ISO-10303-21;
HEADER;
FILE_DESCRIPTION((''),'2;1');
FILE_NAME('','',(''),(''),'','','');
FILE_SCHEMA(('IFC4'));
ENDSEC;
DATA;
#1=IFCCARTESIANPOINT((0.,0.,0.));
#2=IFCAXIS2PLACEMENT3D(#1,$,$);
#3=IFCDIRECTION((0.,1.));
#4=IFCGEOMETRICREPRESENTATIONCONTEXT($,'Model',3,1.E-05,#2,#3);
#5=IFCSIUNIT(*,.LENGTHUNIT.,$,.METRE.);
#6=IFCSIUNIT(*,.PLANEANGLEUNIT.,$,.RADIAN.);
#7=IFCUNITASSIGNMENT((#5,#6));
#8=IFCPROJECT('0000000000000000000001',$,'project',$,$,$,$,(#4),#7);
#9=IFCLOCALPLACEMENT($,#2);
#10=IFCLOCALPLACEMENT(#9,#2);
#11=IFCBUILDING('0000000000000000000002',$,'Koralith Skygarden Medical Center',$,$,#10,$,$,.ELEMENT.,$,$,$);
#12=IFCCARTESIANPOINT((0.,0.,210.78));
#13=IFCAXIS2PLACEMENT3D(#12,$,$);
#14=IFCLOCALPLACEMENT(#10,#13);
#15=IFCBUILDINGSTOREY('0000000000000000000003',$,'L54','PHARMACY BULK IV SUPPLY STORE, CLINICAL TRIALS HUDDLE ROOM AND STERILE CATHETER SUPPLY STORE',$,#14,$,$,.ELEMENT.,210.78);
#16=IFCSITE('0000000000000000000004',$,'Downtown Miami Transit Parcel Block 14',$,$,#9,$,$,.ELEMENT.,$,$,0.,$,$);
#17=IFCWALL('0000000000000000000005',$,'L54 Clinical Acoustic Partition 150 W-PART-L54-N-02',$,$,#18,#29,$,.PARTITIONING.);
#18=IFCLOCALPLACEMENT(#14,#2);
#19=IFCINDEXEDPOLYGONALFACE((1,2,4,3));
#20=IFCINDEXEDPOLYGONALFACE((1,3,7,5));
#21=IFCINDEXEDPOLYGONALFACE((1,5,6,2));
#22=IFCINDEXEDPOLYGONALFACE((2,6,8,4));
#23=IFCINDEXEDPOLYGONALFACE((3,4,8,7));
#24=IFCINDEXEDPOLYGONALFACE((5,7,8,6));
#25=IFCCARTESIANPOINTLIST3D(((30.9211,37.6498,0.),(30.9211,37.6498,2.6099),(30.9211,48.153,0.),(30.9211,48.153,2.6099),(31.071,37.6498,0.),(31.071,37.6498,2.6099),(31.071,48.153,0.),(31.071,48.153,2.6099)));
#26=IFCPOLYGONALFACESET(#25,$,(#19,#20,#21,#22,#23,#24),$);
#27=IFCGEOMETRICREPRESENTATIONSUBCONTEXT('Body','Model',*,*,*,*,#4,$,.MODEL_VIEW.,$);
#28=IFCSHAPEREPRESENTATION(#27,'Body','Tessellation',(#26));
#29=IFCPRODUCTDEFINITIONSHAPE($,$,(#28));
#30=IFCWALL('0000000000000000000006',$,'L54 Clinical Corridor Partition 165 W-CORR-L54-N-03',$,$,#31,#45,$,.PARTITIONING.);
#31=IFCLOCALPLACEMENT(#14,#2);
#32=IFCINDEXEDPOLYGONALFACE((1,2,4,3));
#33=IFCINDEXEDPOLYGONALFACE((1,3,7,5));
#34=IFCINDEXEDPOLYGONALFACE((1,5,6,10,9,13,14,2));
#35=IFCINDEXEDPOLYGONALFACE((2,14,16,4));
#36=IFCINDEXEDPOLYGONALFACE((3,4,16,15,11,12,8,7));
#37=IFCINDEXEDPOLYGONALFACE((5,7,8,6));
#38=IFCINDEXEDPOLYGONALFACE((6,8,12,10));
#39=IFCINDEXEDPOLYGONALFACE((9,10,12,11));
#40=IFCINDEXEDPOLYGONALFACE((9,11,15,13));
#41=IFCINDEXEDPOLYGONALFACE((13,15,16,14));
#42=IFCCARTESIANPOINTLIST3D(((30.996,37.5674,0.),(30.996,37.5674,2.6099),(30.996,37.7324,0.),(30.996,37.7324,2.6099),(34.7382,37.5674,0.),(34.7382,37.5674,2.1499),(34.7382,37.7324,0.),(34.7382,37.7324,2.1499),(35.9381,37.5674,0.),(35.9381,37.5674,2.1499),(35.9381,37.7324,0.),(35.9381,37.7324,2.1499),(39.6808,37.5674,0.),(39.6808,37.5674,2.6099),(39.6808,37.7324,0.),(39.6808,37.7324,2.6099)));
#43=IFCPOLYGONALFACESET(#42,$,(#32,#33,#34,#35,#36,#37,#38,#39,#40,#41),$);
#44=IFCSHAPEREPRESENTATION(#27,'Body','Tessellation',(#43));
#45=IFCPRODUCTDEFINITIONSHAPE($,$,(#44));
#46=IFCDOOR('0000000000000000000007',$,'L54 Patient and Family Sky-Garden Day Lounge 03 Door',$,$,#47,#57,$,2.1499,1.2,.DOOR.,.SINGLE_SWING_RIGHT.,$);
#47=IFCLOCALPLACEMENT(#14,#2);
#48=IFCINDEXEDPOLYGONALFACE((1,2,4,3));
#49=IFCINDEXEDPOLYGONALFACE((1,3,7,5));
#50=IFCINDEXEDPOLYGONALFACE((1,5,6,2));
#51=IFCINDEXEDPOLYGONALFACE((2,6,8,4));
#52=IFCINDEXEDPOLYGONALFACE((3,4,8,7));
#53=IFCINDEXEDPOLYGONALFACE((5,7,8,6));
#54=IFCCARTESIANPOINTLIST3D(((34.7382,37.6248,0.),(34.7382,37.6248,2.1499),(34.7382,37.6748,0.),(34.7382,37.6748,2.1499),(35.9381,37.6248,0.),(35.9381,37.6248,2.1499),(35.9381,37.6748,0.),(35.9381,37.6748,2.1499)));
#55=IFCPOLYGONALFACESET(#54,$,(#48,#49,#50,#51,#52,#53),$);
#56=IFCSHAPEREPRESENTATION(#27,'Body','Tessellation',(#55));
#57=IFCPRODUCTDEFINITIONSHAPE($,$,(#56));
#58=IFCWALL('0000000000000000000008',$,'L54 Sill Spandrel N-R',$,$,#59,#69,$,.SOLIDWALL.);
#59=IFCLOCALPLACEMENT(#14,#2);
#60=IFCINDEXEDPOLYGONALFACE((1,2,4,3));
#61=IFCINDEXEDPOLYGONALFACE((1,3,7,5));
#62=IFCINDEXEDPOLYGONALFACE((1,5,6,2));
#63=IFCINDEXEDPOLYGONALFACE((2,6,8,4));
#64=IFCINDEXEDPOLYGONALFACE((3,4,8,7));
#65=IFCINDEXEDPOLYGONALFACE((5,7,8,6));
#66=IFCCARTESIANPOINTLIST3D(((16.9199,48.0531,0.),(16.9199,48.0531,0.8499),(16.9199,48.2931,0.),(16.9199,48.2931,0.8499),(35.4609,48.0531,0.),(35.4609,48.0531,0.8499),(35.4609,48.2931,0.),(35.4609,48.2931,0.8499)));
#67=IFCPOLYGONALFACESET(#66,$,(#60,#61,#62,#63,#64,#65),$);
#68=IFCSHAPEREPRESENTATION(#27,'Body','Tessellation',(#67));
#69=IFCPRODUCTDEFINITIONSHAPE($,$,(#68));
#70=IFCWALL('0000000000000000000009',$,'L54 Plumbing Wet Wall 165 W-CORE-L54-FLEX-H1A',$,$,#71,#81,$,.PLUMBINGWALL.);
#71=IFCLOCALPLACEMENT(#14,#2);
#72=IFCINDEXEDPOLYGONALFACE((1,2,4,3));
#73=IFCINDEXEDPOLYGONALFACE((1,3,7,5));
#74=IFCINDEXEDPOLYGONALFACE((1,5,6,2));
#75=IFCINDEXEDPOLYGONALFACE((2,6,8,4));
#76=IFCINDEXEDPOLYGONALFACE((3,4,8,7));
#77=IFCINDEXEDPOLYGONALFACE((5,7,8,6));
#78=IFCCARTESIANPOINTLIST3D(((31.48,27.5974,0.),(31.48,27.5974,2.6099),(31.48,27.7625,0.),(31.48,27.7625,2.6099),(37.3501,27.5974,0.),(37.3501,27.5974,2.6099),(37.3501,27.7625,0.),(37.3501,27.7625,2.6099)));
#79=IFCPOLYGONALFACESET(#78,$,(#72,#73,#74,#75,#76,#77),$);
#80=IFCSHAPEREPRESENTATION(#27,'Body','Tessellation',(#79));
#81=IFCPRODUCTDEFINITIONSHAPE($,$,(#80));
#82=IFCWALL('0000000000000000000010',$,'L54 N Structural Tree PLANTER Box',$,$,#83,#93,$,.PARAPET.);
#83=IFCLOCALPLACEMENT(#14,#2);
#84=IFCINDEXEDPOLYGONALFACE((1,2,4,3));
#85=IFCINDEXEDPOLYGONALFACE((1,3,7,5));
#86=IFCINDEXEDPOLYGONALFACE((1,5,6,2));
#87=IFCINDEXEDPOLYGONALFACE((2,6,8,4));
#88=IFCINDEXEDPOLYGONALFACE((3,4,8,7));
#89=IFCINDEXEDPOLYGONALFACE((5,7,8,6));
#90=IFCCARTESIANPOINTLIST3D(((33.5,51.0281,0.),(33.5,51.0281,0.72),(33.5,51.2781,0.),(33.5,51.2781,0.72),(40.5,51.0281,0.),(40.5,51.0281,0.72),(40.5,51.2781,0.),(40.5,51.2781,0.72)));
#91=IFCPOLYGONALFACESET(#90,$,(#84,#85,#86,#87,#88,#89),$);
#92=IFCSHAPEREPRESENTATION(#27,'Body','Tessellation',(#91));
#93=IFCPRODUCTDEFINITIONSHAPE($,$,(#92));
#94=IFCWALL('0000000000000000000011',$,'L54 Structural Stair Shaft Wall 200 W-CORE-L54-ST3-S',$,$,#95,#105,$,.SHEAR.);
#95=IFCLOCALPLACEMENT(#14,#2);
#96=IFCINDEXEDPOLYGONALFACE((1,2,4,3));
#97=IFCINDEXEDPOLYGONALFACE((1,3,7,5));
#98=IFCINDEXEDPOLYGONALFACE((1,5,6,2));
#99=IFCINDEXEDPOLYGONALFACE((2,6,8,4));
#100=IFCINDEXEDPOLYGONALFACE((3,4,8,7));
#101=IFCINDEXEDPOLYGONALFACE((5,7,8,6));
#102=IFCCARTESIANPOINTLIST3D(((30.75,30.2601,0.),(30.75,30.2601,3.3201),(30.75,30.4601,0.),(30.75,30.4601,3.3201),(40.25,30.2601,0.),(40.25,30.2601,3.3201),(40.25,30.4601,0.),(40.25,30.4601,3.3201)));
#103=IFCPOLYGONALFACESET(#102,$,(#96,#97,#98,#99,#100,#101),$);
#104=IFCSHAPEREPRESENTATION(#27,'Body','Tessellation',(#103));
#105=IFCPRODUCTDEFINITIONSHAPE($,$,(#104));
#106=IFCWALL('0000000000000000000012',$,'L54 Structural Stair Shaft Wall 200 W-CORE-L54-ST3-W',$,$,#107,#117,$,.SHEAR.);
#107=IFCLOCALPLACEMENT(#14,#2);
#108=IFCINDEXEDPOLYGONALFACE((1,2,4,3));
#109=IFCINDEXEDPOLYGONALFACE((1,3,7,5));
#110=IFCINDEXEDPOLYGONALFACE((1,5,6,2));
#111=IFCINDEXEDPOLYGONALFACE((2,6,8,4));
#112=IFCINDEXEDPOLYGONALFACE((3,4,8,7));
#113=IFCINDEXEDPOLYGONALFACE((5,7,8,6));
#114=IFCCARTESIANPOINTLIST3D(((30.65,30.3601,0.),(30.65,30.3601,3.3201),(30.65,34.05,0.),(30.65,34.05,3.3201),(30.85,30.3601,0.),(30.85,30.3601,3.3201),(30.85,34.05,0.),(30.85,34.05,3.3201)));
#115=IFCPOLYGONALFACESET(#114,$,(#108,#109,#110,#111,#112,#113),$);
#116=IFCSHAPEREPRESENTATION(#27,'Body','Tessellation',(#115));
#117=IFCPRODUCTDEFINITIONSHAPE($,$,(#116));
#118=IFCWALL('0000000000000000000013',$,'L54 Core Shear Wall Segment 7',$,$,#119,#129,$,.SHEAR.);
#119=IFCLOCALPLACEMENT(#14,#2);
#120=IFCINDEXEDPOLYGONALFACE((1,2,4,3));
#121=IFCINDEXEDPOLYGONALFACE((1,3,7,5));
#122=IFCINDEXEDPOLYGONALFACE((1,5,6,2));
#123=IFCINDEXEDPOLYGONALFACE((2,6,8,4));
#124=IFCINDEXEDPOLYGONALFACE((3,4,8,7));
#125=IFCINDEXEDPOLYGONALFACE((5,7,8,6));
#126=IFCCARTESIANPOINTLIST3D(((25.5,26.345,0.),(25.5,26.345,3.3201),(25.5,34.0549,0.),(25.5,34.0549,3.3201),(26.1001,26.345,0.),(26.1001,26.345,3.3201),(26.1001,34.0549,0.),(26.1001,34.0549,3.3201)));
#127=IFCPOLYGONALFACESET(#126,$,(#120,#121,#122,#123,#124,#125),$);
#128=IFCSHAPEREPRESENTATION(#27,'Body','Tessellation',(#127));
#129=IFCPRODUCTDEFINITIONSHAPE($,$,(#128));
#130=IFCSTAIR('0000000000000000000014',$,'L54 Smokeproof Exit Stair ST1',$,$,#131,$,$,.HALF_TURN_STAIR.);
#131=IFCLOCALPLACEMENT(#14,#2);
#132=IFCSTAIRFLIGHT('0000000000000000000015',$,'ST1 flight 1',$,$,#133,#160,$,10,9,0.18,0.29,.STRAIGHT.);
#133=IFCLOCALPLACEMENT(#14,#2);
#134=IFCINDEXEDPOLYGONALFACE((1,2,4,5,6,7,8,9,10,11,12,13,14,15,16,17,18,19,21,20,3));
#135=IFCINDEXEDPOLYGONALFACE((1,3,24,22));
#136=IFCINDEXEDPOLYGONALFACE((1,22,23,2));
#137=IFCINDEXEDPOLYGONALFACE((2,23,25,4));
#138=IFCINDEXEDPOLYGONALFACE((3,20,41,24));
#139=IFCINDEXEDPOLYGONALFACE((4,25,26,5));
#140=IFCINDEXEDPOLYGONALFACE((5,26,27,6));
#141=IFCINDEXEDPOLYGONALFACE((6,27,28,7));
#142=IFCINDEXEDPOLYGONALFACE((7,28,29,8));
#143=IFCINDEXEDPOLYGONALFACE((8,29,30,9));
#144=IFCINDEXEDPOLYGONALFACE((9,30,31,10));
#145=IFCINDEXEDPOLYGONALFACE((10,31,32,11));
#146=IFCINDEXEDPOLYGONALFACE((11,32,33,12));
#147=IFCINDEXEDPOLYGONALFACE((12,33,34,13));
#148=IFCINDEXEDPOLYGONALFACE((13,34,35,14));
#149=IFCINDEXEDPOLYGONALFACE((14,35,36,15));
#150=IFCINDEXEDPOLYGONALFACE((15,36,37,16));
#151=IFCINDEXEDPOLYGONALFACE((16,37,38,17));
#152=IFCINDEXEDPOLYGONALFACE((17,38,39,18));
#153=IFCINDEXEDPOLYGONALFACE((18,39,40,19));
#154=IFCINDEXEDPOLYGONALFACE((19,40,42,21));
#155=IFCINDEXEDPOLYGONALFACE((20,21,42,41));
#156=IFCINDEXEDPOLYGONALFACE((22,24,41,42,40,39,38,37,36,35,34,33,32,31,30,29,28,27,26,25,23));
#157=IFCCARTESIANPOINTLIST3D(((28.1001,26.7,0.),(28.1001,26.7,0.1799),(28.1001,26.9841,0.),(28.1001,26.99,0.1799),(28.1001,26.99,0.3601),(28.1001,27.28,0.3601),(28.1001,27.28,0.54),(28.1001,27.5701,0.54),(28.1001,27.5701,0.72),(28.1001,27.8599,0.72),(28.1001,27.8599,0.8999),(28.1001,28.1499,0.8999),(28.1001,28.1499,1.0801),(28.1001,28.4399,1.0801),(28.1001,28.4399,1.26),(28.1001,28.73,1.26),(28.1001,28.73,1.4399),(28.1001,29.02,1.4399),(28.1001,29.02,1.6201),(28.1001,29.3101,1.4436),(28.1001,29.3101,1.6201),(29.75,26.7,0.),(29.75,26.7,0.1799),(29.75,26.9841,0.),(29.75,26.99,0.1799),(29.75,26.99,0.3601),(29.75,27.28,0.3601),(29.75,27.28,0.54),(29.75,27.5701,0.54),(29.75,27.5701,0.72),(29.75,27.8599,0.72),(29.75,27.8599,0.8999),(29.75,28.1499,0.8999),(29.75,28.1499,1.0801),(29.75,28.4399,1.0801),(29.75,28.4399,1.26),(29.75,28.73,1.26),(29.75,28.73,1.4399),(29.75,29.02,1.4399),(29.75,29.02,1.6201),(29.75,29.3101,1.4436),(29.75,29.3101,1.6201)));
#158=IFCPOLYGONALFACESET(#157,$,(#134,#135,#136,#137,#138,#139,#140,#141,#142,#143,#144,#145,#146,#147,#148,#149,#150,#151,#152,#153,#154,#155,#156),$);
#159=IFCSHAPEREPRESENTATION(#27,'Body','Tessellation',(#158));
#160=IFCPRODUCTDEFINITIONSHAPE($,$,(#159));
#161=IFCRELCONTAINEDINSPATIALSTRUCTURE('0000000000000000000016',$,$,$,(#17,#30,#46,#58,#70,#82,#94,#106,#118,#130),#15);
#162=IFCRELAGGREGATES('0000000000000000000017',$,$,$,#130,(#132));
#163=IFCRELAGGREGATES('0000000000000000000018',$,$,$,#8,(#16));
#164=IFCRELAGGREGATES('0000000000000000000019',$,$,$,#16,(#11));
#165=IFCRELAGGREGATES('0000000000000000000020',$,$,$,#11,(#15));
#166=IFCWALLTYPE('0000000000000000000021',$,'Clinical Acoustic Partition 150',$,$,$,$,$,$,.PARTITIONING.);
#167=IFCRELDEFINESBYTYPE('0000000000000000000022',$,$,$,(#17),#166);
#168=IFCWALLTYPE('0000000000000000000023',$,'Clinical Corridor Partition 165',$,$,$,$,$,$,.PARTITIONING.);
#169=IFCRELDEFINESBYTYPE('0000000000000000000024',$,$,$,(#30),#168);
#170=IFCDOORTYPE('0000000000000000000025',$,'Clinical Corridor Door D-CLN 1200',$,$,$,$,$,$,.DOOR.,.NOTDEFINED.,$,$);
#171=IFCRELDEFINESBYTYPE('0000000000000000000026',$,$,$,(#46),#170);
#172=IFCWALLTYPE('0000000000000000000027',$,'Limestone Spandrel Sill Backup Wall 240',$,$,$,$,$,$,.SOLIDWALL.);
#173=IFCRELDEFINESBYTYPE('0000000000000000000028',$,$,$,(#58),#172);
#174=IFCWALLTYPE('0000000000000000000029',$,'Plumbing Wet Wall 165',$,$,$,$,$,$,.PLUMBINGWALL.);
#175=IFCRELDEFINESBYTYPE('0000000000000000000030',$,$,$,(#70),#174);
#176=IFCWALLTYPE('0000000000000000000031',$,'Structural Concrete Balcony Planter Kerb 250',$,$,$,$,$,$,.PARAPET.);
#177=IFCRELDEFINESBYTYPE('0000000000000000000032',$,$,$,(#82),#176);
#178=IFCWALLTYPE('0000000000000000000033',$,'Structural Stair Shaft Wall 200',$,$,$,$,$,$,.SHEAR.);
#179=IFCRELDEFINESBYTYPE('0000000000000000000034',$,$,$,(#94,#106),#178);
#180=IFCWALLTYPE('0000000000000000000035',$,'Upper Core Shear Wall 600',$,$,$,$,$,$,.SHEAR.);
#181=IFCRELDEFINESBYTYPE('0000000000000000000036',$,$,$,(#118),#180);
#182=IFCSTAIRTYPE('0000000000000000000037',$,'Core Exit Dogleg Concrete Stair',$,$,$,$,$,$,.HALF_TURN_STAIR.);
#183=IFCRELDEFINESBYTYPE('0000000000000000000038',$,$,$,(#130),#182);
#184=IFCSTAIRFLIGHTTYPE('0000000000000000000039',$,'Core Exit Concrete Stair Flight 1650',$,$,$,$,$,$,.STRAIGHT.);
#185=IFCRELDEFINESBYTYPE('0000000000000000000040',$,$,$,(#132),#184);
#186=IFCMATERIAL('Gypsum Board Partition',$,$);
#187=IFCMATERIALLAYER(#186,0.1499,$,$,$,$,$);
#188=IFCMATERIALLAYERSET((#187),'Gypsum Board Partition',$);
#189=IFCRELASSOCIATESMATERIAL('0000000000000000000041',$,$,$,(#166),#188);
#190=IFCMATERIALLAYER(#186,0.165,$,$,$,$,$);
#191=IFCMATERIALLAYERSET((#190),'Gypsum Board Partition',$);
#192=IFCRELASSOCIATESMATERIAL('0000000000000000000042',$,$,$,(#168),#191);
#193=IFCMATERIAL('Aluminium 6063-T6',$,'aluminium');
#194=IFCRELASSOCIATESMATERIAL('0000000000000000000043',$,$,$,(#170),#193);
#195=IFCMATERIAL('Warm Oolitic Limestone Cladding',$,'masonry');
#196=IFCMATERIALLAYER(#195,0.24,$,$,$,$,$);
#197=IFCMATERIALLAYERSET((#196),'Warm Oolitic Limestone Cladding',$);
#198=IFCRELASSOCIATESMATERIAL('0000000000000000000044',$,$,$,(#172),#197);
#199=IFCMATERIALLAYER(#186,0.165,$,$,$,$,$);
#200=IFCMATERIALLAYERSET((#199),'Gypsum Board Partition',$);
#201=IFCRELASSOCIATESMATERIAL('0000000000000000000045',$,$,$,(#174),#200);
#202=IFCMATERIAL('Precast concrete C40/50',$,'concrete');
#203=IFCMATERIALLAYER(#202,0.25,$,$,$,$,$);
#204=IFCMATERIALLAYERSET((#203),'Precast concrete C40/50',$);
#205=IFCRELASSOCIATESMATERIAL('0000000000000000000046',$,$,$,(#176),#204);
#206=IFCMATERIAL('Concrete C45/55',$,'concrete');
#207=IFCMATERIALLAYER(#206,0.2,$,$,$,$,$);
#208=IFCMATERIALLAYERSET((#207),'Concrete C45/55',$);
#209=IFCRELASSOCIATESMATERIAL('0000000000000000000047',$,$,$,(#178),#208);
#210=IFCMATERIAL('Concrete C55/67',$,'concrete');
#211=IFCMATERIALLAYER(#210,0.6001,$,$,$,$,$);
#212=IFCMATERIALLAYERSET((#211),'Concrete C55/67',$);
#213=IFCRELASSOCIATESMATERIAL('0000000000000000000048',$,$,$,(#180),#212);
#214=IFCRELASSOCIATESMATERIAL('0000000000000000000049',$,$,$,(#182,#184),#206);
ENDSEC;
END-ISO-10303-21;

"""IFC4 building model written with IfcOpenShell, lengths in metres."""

from ifc_helpers import new_model, si_unit, direction, frame, frame_2d, origin, place, context, subcontext, project, spatial, polyline, rectangle, outline, extrude, material, layer, layer_set, type_object, element, fill, aggregate, save


model = new_model("IFC4")

# Units and contexts
model_context = context("Model", 3, precision=1e-05, world=origin(), true_north=direction((0.0, 1.0)))
body_context = subcontext(model_context, "Body", "Model", "MODEL_VIEW")
ifc_project = project(units=[si_unit("LENGTHUNIT", "METRE"), si_unit("PLANEANGLEUNIT", "RADIAN")], contexts=[model_context])

# Site, building, storey
site_placement = place(None, origin())
site = spatial("IfcSite", under=ifc_project, at=site_placement, Name="Downtown Miami Transit Parcel Block 14", CompositionType="ELEMENT", RefElevation=0.0)
building_placement = place(site_placement, origin())
building = spatial("IfcBuilding", under=site, at=building_placement, Name="Koralith Skygarden Medical Center", CompositionType="ELEMENT")
storey_placement = place(building_placement, frame((0.0, 0.0, 210.78)))
storey = spatial("IfcBuildingStorey", under=building, at=storey_placement, Name="L54", Description="PHARMACY BULK IV SUPPLY STORE, CLINICAL TRIALS HUDDLE ROOM AND STERILE CATHETER SUPPLY STORE", CompositionType="ELEMENT", Elevation=210.78)

# Shared definitions
ifc_material_1 = material(Name="Concrete C55/67", Category="concrete")

# Shared definitions
ifc_material_2 = material(Name="Aluminium 6063-T6", Category="aluminium")

# Shared definitions
ifc_material_3 = material(Name="Concrete C45/55", Category="concrete")

# Wall
ifc_material_4 = material(Name="Gypsum Board Partition")
ifc_layer_1 = layer(ifc_material_4, 0.1499)
ifc_layer_set_1 = layer_set([ifc_layer_1], Name="Gypsum Board Partition")
wall_type_1 = type_object("IfcWallType", Name="Clinical Acoustic Partition 150", PredefinedType="PARTITIONING", material=ifc_layer_set_1)
wall_1_placement = place(storey_placement, frame((30.9961, 37.6499, 0.0), z_axis=(0.0, 0.0, 1.0), x_axis=(0.0, 1.0, 0.0)))
element("IfcWall", 1, at=wall_1_placement, inside=storey, type_object=wall_type_1, Name="L54 Clinical Acoustic Partition 150 W-PART-L54-N-02", PredefinedType="PARTITIONING", context=body_context, shape_type="SweptSolid", body=[
    extrude(rectangle(XDim=10.5032, YDim=0.1499, at=frame_2d((5.2515, 0.0))), origin(), (0.0, 0.0, 1.0), 2.6099),
])

# Wall, opening, door
ifc_layer_2 = layer(ifc_material_4, 0.165)
ifc_layer_set_2 = layer_set([ifc_layer_2], Name="Gypsum Board Partition")
wall_type_2 = type_object("IfcWallType", Name="Clinical Corridor Partition 165", PredefinedType="PARTITIONING", material=ifc_layer_set_2)
wall_2_placement = place(storey_placement, frame((30.9961, 37.6499, 0.0), z_axis=(0.0, 0.0, 1.0), x_axis=(1.0, 0.0, 0.0)))
wall_2 = element("IfcWall", 2, at=wall_2_placement, inside=storey, type_object=wall_type_2, Name="L54 Clinical Corridor Partition 165 W-CORR-L54-N-03", PredefinedType="PARTITIONING", context=body_context, shape_type="SweptSolid", body=[
    extrude(rectangle(XDim=8.6848, YDim=0.165, at=frame_2d((4.3423, 0.0))), origin(), (0.0, 0.0, 1.0), 2.6099),
])
opening_placement = place(wall_2_placement, frame((3.7419, 0.0, 0.0)))
opening = element("IfcOpeningElement", 3, at=opening_placement, cuts=wall_2, PredefinedType="OPENING", context=body_context, shape_type="SweptSolid", body=[
    extrude(rectangle(XDim=1.2, YDim=2.1499, at=frame_2d((0.6001, 1.075))), frame((0.0, 0.0925, 0.0), z_axis=(0.0, -1.0, 0.0), x_axis=(1.0, 0.0, 0.0)), (0.0, 0.0, 1.0), 0.1851),
])
door_type = type_object("IfcDoorType", Name="Clinical Corridor Door D-CLN 1200", OperationType="NOTDEFINED", PredefinedType="DOOR", material=ifc_material_2)
door_placement = place(opening_placement, origin())
door = element("IfcDoor", 4, at=door_placement, inside=storey, type_object=door_type, Name="L54 Patient and Family Sky-Garden Day Lounge 03 Door", OperationType="SINGLE_SWING_RIGHT", OverallHeight=2.1499, OverallWidth=1.2, PredefinedType="DOOR", context=body_context, shape_type="SweptSolid", body=[
    extrude(rectangle(XDim=1.2, YDim=2.1499, at=frame_2d((0.6001, 1.075))), frame((0.0, 0.0249, 0.0), z_axis=(0.0, -1.0, 0.0), x_axis=(1.0, 0.0, 0.0)), (0.0, 0.0, 1.0), 0.05),
])
fill(opening, door)

# Walls
ifc_material_5 = material(Name="Warm Oolitic Limestone Cladding", Category="masonry")
ifc_layer_3 = layer(ifc_material_5, 0.24)
ifc_layer_set_3 = layer_set([ifc_layer_3], Name="Warm Oolitic Limestone Cladding")
wall_type_3 = type_object("IfcWallType", Name="Limestone Spandrel Sill Backup Wall 240", PredefinedType="SOLIDWALL", material=ifc_layer_set_3)
wall_3_placement = place(storey_placement, frame((35.4609, 48.1731, 0.0), z_axis=(0.0, 0.0, 1.0), x_axis=(-1.0, 0.0, 0.0)))
element("IfcWall", 5, at=wall_3_placement, inside=storey, type_object=wall_type_3, Name="L54 Sill Spandrel N-R", PredefinedType="SOLIDWALL", context=body_context, shape_type="SweptSolid", body=[
    extrude(rectangle(XDim=18.541, YDim=0.24, at=frame_2d((9.2705, 0.0))), origin(), (0.0, 0.0, 1.0), 0.8499),
])
ifc_layer_4 = layer(ifc_material_4, 0.165)
ifc_layer_set_4 = layer_set([ifc_layer_4], Name="Gypsum Board Partition")
wall_type_4 = type_object("IfcWallType", Name="Plumbing Wet Wall 165", PredefinedType="PLUMBINGWALL", material=ifc_layer_set_4)
wall_4_placement = place(storey_placement, frame((31.48, 27.6799, 0.0), z_axis=(0.0, 0.0, 1.0), x_axis=(1.0, 0.0, 0.0)))
element("IfcWall", 6, at=wall_4_placement, inside=storey, type_object=wall_type_4, Name="L54 Plumbing Wet Wall 165 W-CORE-L54-FLEX-H1A", PredefinedType="PLUMBINGWALL", context=body_context, shape_type="SweptSolid", body=[
    extrude(rectangle(XDim=5.8701, YDim=0.165, at=frame_2d((2.9351, 0.0))), origin(), (0.0, 0.0, 1.0), 2.6099),
])
ifc_material_6 = material(Name="Precast concrete C40/50", Category="concrete")
ifc_layer_5 = layer(ifc_material_6, 0.25)
ifc_layer_set_5 = layer_set([ifc_layer_5], Name="Precast concrete C40/50")
wall_type_5 = type_object("IfcWallType", Name="Structural Concrete Balcony Planter Kerb 250", PredefinedType="PARAPET", material=ifc_layer_set_5)
wall_5_placement = place(storey_placement, frame((33.5, 51.1531, 0.0), z_axis=(0.0, 0.0, 1.0), x_axis=(1.0, 0.0, 0.0)))
element("IfcWall", 7, at=wall_5_placement, inside=storey, type_object=wall_type_5, Name="L54 N Structural Tree PLANTER Box", PredefinedType="PARAPET", context=body_context, shape_type="SweptSolid", body=[
    extrude(rectangle(XDim=7.0, YDim=0.25, at=frame_2d((3.5, 0.0))), origin(), (0.0, 0.0, 1.0), 0.72),
])
ifc_layer_6 = layer(ifc_material_3, 0.2)
ifc_layer_set_6 = layer_set([ifc_layer_6], Name="Concrete C45/55")
wall_type_6 = type_object("IfcWallType", Name="Structural Stair Shaft Wall 200", PredefinedType="SHEAR", material=ifc_layer_set_6)
wall_6_placement = place(storey_placement, frame((30.75, 30.3601, 0.0), z_axis=(0.0, 0.0, 1.0), x_axis=(1.0, 0.0, 0.0)))
element("IfcWall", 8, at=wall_6_placement, inside=storey, type_object=wall_type_6, Name="L54 Structural Stair Shaft Wall 200 W-CORE-L54-ST3-S", PredefinedType="SHEAR", context=body_context, shape_type="SweptSolid", body=[
    extrude(rectangle(XDim=9.5, YDim=0.2, at=frame_2d((4.75, 0.0))), origin(), (0.0, 0.0, 1.0), 3.3201),
])
wall_7_placement = place(storey_placement, frame((30.75, 30.3601, 0.0), z_axis=(0.0, 0.0, 1.0), x_axis=(0.0, 1.0, 0.0)))
element("IfcWall", 9, at=wall_7_placement, inside=storey, type_object=wall_type_6, Name="L54 Structural Stair Shaft Wall 200 W-CORE-L54-ST3-W", PredefinedType="SHEAR", context=body_context, shape_type="SweptSolid", body=[
    extrude(rectangle(XDim=3.6899, YDim=0.2, at=frame_2d((1.845, 0.0))), origin(), (0.0, 0.0, 1.0), 3.3201),
])
ifc_layer_7 = layer(ifc_material_1, 0.6001)
ifc_layer_set_7 = layer_set([ifc_layer_7], Name="Concrete C55/67")
wall_type_7 = type_object("IfcWallType", Name="Upper Core Shear Wall 600", PredefinedType="SHEAR", material=ifc_layer_set_7)
wall_8_placement = place(storey_placement, frame((25.8, 34.0549, 0.0), z_axis=(0.0, 0.0, 1.0), x_axis=(0.0, -1.0, 0.0)))
element("IfcWall", 10, at=wall_8_placement, inside=storey, type_object=wall_type_7, Name="L54 Core Shear Wall Segment 7", PredefinedType="SHEAR", context=body_context, shape_type="SweptSolid", body=[
    extrude(rectangle(XDim=7.71, YDim=0.6001, at=frame_2d((3.855, 0.0))), origin(), (0.0, 0.0, 1.0), 3.3201),
])

# Stair, stair flight
stair_type = type_object("IfcStairType", Name="Core Exit Dogleg Concrete Stair", PredefinedType="HALF_TURN_STAIR", material=ifc_material_3)
stair_1_placement = place(storey_placement, origin())
stair_1 = element("IfcStair", 11, at=stair_1_placement, inside=storey, type_object=stair_type, Name="L54 Smokeproof Exit Stair ST1", PredefinedType="HALF_TURN_STAIR")
stair_flight_type = type_object("IfcStairFlightType", Name="Core Exit Concrete Stair Flight 1650", PredefinedType="STRAIGHT", material=ifc_material_3)
stair_flight_1_placement = place(storey_placement, frame((28.925, 26.7, 0.0), z_axis=(0.0, 0.0, 1.0), x_axis=(0.0, 1.0, 0.0)))
stair_flight_1 = element("IfcStairFlight", 12, at=stair_flight_1_placement, type_object=stair_flight_type, Name="ST1 flight 1", NumberOfRisers=10, NumberOfTreads=9, PredefinedType="STRAIGHT", RiserHeight=0.18, TreadLength=0.29, context=body_context, shape_type="SweptSolid", body=[
    extrude(outline(polyline([(0.0, 0.0), (0.0, 0.1799), (0.29, 0.1799), (0.29, 0.3601), (0.5801, 0.3601), (0.5801, 0.54), (0.8701, 0.54), (0.8701, 0.72), (1.1599, 0.72), (1.1599, 0.8999), (1.45, 0.8999), (1.45, 1.0801), (1.74, 1.0801), (1.74, 1.26), (2.03, 1.26), (2.03, 1.4399), (2.3201, 1.4399), (2.3201, 1.6201), (2.6101, 1.6201), (2.6101, 1.8), (2.6101, 1.4436), (0.2842, 0.0), (0.0, 0.0)])), frame((0.0, 0.825, 0.0), z_axis=(0.0, -1.0, 0.0), x_axis=(1.0, 0.0, 0.0)), (0.0, 0.0, 1.0), 1.6499),
])
aggregate(stair_1, [stair_flight_1])

save(model, "model.ifc")
